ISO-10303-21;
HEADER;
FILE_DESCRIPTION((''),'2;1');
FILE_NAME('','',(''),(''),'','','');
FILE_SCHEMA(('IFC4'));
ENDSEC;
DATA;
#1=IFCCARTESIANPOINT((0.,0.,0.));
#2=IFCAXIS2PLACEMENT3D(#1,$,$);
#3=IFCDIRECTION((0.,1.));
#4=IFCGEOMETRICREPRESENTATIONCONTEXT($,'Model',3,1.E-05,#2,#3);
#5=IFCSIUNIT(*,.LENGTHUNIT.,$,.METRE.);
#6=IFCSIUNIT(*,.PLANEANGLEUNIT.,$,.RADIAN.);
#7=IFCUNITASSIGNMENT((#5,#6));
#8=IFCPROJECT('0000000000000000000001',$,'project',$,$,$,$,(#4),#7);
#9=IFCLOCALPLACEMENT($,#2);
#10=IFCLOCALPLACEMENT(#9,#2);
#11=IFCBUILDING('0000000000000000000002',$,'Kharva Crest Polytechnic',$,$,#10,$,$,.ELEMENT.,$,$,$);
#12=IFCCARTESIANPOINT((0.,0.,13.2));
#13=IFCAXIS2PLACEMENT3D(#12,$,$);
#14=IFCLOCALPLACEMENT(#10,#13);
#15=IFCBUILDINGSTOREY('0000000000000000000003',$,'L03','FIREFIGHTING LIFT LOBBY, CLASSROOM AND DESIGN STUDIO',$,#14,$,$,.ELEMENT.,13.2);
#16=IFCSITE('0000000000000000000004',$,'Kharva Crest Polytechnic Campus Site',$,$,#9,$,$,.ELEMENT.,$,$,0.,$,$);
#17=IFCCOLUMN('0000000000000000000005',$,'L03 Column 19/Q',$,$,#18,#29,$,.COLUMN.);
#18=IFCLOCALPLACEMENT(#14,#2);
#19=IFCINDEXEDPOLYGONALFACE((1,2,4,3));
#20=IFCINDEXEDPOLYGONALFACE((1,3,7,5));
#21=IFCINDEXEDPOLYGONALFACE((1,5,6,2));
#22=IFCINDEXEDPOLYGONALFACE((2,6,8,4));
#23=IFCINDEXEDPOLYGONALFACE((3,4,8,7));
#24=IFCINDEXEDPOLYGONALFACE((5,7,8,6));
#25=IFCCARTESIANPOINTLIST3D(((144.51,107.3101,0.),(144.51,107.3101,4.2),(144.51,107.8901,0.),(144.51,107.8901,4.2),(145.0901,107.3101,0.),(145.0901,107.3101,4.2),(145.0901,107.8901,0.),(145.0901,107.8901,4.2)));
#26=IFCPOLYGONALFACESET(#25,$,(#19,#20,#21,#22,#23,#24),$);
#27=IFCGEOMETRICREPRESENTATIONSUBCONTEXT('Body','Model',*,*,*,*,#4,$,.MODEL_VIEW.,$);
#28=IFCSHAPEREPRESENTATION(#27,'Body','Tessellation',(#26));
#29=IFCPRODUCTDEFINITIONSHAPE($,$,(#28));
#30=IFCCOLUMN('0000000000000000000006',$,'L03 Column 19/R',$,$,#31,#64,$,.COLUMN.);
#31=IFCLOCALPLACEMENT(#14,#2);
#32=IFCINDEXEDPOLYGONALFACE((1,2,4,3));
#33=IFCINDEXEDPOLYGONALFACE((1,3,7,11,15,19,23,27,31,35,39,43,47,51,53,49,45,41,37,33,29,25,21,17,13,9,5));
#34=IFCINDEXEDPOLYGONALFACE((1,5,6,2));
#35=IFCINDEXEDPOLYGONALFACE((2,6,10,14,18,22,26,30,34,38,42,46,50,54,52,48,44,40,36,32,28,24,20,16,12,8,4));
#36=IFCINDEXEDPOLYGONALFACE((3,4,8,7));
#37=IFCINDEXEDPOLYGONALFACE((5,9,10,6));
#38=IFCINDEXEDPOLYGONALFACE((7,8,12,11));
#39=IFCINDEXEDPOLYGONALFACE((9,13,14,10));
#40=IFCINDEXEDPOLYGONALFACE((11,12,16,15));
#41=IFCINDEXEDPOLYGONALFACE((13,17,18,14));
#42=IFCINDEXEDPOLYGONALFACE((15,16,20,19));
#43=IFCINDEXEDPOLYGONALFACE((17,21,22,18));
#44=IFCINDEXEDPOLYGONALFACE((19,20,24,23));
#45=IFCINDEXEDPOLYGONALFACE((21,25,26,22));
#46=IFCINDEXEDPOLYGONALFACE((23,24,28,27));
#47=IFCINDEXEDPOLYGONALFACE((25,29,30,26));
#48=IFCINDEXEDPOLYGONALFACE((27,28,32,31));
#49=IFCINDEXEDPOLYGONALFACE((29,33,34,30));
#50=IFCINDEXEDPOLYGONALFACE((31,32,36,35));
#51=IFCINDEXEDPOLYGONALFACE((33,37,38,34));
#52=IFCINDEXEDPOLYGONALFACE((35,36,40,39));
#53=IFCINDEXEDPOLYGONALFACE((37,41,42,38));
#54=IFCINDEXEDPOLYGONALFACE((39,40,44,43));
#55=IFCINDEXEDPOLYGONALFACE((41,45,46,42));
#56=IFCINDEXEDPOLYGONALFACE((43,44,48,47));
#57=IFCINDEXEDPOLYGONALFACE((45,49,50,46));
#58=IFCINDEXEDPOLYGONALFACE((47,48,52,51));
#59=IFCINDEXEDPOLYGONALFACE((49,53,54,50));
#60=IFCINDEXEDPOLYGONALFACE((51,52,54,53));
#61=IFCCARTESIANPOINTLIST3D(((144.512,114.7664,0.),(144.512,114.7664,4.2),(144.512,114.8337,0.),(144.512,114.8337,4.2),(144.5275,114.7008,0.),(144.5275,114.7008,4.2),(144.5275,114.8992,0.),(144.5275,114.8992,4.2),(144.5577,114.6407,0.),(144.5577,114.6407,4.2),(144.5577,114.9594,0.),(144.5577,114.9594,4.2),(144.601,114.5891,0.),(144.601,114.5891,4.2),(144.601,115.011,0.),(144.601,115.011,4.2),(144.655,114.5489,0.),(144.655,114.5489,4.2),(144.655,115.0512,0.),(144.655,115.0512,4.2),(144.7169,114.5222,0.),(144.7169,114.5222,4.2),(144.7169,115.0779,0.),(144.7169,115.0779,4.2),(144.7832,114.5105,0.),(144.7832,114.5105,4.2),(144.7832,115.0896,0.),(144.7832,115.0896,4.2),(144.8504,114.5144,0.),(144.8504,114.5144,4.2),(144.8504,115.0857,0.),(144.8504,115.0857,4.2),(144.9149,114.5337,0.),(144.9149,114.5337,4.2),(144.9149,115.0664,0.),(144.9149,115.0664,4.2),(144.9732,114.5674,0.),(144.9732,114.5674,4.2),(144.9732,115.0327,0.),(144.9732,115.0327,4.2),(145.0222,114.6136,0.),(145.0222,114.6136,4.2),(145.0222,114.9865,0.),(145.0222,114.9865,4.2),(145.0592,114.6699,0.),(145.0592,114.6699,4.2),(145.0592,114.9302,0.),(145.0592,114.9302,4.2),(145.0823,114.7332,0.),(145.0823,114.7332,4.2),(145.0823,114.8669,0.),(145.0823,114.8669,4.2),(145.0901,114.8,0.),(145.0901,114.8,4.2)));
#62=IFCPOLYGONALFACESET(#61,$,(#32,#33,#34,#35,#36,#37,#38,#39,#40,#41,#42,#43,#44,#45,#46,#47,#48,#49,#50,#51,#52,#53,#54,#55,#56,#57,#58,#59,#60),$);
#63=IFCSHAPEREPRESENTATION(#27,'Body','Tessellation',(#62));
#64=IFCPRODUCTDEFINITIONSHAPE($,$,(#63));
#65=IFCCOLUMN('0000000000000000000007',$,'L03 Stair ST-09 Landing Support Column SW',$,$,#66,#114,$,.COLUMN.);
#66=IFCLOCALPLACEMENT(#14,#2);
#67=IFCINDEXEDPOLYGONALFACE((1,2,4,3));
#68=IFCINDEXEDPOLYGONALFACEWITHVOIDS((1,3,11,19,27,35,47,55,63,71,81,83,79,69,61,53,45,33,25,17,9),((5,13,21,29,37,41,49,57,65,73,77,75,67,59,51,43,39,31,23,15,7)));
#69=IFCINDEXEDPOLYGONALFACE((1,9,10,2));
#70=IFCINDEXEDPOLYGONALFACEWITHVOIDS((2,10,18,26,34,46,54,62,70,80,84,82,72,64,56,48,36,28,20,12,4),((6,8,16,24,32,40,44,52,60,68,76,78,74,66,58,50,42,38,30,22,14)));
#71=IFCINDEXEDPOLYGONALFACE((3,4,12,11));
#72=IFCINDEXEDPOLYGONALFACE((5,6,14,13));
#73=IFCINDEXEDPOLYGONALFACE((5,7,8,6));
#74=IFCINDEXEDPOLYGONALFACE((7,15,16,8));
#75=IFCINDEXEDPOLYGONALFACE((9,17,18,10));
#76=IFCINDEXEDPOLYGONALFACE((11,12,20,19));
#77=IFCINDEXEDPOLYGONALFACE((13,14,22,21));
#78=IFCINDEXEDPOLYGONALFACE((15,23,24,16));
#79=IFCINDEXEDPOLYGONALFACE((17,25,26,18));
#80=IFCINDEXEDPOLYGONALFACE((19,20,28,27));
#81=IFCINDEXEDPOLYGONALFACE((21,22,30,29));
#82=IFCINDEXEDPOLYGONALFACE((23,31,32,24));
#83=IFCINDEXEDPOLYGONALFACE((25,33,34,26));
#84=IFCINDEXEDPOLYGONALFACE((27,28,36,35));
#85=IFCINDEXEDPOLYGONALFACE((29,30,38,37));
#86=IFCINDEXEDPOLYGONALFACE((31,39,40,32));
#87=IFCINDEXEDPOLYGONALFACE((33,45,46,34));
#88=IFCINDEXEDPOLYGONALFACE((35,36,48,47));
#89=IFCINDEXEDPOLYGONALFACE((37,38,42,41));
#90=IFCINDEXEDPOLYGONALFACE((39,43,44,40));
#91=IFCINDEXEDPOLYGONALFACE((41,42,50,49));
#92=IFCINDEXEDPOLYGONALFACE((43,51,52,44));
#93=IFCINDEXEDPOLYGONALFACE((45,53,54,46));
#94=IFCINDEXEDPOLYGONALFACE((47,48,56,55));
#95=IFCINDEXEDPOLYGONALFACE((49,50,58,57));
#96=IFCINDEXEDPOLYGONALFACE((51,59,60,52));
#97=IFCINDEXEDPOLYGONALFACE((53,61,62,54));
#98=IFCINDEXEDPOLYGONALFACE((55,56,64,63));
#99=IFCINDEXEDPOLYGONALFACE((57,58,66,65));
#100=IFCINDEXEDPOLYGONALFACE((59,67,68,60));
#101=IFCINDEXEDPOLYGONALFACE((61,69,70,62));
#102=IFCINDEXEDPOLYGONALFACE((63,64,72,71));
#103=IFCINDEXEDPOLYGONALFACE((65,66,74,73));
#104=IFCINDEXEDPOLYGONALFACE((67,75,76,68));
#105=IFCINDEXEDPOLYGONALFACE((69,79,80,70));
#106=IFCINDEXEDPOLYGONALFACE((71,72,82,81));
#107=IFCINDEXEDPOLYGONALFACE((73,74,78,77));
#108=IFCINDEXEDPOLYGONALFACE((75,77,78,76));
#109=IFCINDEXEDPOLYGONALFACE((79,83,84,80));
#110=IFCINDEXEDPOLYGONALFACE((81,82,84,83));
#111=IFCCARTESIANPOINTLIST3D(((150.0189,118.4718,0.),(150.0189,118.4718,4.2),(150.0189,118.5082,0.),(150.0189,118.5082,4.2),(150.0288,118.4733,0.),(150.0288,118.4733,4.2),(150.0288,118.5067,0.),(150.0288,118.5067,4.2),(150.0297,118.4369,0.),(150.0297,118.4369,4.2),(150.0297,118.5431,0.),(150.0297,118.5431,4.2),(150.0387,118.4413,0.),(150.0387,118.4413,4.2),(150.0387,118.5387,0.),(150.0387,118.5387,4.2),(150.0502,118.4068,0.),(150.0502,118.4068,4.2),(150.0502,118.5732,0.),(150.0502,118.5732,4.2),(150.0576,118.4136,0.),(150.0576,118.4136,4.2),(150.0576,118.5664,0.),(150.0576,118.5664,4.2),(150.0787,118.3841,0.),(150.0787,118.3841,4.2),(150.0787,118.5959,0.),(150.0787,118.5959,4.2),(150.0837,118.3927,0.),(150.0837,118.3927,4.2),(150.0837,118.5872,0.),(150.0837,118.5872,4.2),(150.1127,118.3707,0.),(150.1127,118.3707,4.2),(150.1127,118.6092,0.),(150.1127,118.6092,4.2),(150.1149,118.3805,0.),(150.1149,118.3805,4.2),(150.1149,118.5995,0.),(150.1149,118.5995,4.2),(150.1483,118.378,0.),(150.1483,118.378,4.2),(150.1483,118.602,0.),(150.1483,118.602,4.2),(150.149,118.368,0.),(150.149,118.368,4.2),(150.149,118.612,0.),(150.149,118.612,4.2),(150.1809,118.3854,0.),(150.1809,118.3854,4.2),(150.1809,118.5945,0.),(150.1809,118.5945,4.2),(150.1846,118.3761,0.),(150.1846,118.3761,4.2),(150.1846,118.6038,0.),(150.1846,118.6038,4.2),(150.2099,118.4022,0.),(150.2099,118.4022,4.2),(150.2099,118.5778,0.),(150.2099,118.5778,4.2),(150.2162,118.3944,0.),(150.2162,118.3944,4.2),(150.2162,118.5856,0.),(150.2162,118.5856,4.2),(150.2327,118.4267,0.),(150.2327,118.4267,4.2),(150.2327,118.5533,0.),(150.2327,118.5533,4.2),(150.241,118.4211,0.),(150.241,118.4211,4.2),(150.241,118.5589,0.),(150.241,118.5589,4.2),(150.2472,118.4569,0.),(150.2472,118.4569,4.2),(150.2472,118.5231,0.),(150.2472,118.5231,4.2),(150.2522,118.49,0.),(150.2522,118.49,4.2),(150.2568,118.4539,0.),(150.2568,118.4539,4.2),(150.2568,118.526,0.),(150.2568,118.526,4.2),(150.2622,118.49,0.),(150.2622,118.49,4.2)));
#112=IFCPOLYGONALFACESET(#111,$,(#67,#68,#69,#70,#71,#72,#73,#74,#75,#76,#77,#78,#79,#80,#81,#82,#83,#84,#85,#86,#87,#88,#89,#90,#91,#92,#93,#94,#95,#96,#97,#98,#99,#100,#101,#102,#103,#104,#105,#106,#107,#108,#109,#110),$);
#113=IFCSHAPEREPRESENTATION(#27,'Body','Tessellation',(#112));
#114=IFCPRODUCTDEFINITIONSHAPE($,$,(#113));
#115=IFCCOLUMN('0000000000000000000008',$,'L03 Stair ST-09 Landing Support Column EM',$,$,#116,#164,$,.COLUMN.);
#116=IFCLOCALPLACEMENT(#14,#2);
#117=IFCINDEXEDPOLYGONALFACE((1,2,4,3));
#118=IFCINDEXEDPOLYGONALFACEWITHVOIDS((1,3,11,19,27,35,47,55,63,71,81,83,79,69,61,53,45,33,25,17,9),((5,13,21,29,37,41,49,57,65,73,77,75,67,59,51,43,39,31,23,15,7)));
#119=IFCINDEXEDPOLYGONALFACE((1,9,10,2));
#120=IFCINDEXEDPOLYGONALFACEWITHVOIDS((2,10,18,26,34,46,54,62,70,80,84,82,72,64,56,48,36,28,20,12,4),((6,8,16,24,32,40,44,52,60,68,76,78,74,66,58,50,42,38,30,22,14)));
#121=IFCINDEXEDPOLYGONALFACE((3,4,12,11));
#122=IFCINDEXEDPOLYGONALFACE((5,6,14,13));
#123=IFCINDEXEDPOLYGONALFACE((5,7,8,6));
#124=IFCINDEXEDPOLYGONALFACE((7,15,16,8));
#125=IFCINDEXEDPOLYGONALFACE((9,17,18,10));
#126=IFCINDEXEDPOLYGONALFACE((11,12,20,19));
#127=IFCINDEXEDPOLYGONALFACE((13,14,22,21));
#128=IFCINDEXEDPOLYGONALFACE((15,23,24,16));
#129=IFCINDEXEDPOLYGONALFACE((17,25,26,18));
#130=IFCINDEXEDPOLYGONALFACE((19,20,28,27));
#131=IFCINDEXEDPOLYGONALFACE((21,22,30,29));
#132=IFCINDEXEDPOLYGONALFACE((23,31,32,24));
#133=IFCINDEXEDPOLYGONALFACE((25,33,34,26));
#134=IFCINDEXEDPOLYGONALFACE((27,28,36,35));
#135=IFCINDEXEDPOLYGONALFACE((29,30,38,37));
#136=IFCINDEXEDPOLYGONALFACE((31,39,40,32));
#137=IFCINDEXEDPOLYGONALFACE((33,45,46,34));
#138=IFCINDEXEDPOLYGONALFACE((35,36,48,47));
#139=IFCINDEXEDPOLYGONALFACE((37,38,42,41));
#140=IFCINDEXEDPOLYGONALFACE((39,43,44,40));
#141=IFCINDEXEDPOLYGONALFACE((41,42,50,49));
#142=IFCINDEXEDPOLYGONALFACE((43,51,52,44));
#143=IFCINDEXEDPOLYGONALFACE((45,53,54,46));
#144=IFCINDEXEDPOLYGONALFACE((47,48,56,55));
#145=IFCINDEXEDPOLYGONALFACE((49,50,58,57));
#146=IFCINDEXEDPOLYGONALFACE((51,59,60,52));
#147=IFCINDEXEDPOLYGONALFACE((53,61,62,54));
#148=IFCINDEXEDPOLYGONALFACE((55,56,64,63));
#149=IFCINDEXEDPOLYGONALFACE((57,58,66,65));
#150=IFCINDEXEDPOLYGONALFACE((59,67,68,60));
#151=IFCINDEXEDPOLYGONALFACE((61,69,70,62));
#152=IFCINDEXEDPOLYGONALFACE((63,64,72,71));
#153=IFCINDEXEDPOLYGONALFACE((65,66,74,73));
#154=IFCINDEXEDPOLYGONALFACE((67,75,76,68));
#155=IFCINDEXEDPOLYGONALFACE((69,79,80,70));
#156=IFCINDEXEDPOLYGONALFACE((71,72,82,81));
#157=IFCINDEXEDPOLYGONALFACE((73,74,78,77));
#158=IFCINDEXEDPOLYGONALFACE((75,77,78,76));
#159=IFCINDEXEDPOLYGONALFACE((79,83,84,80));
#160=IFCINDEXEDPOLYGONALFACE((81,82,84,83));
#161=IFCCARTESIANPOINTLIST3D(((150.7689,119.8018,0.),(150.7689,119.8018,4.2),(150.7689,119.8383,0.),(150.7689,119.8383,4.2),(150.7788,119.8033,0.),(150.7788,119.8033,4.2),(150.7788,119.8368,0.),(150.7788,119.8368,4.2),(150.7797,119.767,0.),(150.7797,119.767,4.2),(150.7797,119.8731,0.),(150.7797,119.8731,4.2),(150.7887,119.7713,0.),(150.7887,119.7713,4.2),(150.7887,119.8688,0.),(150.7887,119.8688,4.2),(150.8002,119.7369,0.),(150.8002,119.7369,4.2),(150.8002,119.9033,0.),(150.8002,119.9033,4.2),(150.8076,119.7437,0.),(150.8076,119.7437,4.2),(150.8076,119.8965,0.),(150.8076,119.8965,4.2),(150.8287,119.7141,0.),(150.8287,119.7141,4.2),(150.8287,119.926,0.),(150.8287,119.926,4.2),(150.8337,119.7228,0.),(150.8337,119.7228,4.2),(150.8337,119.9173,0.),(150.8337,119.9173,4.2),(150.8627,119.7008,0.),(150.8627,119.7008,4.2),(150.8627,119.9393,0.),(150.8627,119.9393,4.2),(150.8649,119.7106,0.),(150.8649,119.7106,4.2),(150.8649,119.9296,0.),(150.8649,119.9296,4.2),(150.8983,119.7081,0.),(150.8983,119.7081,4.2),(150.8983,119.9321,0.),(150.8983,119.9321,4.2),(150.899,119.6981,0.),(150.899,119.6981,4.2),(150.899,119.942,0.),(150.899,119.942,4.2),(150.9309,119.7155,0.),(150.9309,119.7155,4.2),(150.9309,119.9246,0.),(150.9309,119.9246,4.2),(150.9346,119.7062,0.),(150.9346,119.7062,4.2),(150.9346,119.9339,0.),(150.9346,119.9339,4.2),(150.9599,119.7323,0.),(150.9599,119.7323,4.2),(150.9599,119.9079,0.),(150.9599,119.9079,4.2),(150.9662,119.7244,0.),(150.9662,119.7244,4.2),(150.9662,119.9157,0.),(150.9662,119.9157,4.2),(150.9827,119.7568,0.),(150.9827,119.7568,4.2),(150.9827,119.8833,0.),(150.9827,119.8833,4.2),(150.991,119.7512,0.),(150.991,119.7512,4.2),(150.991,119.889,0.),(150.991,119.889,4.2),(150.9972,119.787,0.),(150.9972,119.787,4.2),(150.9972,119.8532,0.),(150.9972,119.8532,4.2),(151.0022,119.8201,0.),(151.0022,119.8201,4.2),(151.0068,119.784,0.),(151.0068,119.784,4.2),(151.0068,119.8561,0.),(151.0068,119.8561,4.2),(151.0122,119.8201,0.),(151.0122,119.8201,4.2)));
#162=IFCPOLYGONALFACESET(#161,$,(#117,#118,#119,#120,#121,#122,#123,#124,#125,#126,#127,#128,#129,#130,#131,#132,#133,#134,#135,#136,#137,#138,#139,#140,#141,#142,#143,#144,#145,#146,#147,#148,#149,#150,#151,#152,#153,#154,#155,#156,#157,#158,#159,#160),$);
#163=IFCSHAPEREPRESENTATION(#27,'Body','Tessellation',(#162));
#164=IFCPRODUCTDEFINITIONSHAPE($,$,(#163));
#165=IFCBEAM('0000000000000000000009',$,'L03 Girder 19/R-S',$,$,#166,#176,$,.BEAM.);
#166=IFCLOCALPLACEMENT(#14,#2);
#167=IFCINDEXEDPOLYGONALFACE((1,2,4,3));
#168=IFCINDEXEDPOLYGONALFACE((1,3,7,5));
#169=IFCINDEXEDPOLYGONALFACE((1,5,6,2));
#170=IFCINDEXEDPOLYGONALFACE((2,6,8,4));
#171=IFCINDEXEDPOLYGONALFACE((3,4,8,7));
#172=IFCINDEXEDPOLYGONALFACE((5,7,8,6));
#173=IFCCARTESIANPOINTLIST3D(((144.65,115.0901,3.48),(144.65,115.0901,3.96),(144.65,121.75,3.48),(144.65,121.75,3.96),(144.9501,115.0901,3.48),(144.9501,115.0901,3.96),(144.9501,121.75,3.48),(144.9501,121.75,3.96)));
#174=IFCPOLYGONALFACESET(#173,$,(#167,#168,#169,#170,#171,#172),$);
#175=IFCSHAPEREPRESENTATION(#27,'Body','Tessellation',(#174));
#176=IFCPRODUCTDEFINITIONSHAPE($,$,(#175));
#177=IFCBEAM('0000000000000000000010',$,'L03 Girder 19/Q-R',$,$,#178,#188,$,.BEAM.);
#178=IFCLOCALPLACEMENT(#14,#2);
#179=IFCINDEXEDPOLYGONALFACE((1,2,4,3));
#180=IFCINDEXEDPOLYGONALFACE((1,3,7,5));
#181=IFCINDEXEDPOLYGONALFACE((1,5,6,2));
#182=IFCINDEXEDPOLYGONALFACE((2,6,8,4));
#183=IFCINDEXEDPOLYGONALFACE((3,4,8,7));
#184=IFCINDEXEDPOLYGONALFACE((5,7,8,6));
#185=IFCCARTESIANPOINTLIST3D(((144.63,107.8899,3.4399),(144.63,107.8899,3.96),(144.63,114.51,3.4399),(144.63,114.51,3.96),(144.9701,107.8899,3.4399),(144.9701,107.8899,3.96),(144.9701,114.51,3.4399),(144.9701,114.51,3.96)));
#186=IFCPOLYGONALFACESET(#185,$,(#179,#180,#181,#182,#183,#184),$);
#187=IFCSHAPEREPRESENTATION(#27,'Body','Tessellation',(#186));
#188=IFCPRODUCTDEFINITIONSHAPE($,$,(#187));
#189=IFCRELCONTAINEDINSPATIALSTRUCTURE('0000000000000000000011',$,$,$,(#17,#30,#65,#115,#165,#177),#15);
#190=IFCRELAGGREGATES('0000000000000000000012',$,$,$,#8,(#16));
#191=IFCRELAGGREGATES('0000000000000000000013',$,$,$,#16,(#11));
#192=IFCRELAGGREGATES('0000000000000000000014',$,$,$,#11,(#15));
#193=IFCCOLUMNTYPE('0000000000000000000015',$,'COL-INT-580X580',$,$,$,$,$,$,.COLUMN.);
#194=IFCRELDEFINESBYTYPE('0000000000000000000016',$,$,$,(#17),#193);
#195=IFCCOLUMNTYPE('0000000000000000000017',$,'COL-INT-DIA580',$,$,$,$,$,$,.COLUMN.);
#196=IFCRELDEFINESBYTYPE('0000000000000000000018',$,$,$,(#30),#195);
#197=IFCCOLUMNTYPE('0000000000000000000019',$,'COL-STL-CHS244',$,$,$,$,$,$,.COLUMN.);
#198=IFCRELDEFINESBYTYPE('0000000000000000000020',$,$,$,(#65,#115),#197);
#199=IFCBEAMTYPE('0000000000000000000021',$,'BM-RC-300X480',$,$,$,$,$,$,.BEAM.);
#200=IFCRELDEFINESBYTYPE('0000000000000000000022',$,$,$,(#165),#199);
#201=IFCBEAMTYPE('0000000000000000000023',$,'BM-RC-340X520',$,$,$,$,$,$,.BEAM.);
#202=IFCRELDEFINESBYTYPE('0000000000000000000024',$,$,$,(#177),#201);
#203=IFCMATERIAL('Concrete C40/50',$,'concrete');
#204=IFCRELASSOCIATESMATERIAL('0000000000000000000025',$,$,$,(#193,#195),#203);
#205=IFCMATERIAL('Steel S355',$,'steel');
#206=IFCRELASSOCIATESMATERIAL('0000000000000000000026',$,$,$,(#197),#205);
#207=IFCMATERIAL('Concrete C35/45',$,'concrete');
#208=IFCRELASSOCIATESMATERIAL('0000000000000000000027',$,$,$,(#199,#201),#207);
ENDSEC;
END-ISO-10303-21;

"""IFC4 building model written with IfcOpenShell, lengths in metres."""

from ifc_helpers import new_model, si_unit, direction, frame, origin, origin_2d, place, context, subcontext, project, spatial, rectangle, circle, hollow_circle, extrude, material, material_profile, profile_set, type_object, element, save


model = new_model("IFC4")

# Units and contexts
model_context = context("Model", 3, precision=1e-05, world=origin(), true_north=direction((0.0, 1.0)))
body_context = subcontext(model_context, "Body", "Model", "MODEL_VIEW")
ifc_project = project(units=[si_unit("LENGTHUNIT", "METRE"), si_unit("PLANEANGLEUNIT", "RADIAN")], contexts=[model_context])

# Site, building, storey
site_placement = place(None, origin())
site = spatial("IfcSite", under=ifc_project, at=site_placement, Name="Kharva Crest Polytechnic Campus Site", CompositionType="ELEMENT", RefElevation=0.0)
building_placement = place(site_placement, origin())
building = spatial("IfcBuilding", under=site, at=building_placement, Name="Kharva Crest Polytechnic", CompositionType="ELEMENT")
storey_placement = place(building_placement, frame((0.0, 0.0, 13.2)))
storey = spatial("IfcBuildingStorey", under=building, at=storey_placement, Name="L03", Description="FIREFIGHTING LIFT LOBBY, CLASSROOM AND DESIGN STUDIO", CompositionType="ELEMENT", Elevation=13.2)

# Columns
ifc_material_1 = material(Name="Concrete C40/50", Category="concrete")
ifc_material_profile_1 = material_profile(ifc_material_1, rectangle(XDim=0.5801, YDim=0.5801, at=origin_2d()), Name="RECT 580 X 580")
ifc_profile_set_1 = profile_set([ifc_material_profile_1], Name="Concrete C40/50")
column_type_1 = type_object("IfcColumnType", Name="COL-INT-580X580", PredefinedType="COLUMN", material=ifc_profile_set_1)
column_1_placement = place(storey_placement, frame((144.8, 107.6001, 0.0), z_axis=(0.0, 0.0, 1.0), x_axis=(1.0, 0.0, 0.0)))
element("IfcColumn", 1, at=column_1_placement, inside=storey, type_object=column_type_1, Name="L03 Column 19/Q", PredefinedType="COLUMN", context=body_context, shape_type="SweptSolid", body=[
    extrude(rectangle(XDim=0.5801, YDim=0.5801, at=origin_2d()), origin(), (0.0, 0.0, 1.0), 4.2),
])
ifc_material_profile_2 = material_profile(ifc_material_1, circle(Radius=0.29, at=origin_2d()), Name="DIA 580")
ifc_profile_set_2 = profile_set([ifc_material_profile_2], Name="Concrete C40/50")
column_type_2 = type_object("IfcColumnType", Name="COL-INT-DIA580", PredefinedType="COLUMN", material=ifc_profile_set_2)
column_2_placement = place(storey_placement, frame((144.8, 114.8, 0.0), z_axis=(0.0, 0.0, 1.0), x_axis=(1.0, 0.0, 0.0)))
element("IfcColumn", 2, at=column_2_placement, inside=storey, type_object=column_type_2, Name="L03 Column 19/R", PredefinedType="COLUMN", context=body_context, shape_type="SweptSolid", body=[
    extrude(circle(Radius=0.29, at=origin_2d()), origin(), (0.0, 0.0, 1.0), 4.2),
])
ifc_material_2 = material(Name="Steel S355", Category="steel")
ifc_material_profile_3 = material_profile(ifc_material_2, hollow_circle(Radius=0.1223, WallThickness=0.01, at=origin_2d()), Name="CHS 244.5X10.0")
ifc_profile_set_3 = profile_set([ifc_material_profile_3], Name="Steel S355")
column_type_3 = type_object("IfcColumnType", Name="COL-STL-CHS244", PredefinedType="COLUMN", material=ifc_profile_set_3)
for number, where, z_axis, x_axis, name in (
    (3, (150.1399, 118.49, 0.0), (0.0, 0.0, 1.0), (1.0, 0.0, 0.0), "L03 Stair ST-09 Landing Support Column SW"),
    (4, (150.8899, 119.8201, 0.0), (0.0, 0.0, 1.0), (1.0, 0.0, 0.0), "L03 Stair ST-09 Landing Support Column EM"),
):
    element("IfcColumn", number, at=place(storey_placement, frame(where, z_axis=z_axis, x_axis=x_axis)), inside=storey, type_object=column_type_3, Name=name, PredefinedType="COLUMN", context=body_context, shape_type="SweptSolid", body=[
        extrude(hollow_circle(Radius=0.1223, WallThickness=0.01, at=origin_2d()), origin(), (0.0, 0.0, 1.0), 4.2),
    ])

# Beams
ifc_material_3 = material(Name="Concrete C35/45", Category="concrete")
ifc_material_profile_4 = material_profile(ifc_material_3, rectangle(XDim=0.3, YDim=0.48, at=origin_2d()), Name="RECT 300 X 480")
ifc_profile_set_4 = profile_set([ifc_material_profile_4], Name="Concrete C35/45")
beam_type_1 = type_object("IfcBeamType", Name="BM-RC-300X480", PredefinedType="BEAM", material=ifc_profile_set_4)
beam_1_placement = place(storey_placement, frame((144.8, 115.0901, 3.72), z_axis=(0.0, 1.0, 0.0), x_axis=(-1.0, 0.0, 0.0)))
element("IfcBeam", 5, at=beam_1_placement, inside=storey, type_object=beam_type_1, Name="L03 Girder 19/R-S", PredefinedType="BEAM", context=body_context, shape_type="SweptSolid", body=[
    extrude(rectangle(XDim=0.3, YDim=0.48, at=origin_2d()), origin(), (0.0, 0.0, 1.0), 6.6599),
])
ifc_material_profile_5 = material_profile(ifc_material_3, rectangle(XDim=0.3401, YDim=0.52, at=origin_2d()), Name="RECT 340 X 520")
ifc_profile_set_5 = profile_set([ifc_material_profile_5], Name="Concrete C35/45")
beam_type_2 = type_object("IfcBeamType", Name="BM-RC-340X520", PredefinedType="BEAM", material=ifc_profile_set_5)
beam_2_placement = place(storey_placement, frame((144.8, 107.8899, 3.7), z_axis=(0.0, 1.0, 0.0), x_axis=(-1.0, 0.0, 0.0)))
element("IfcBeam", 6, at=beam_2_placement, inside=storey, type_object=beam_type_2, Name="L03 Girder 19/Q-R", PredefinedType="BEAM", context=body_context, shape_type="SweptSolid", body=[
    extrude(rectangle(XDim=0.3401, YDim=0.52, at=origin_2d()), origin(), (0.0, 0.0, 1.0), 6.6201),
])

save(model, "model.ifc")
